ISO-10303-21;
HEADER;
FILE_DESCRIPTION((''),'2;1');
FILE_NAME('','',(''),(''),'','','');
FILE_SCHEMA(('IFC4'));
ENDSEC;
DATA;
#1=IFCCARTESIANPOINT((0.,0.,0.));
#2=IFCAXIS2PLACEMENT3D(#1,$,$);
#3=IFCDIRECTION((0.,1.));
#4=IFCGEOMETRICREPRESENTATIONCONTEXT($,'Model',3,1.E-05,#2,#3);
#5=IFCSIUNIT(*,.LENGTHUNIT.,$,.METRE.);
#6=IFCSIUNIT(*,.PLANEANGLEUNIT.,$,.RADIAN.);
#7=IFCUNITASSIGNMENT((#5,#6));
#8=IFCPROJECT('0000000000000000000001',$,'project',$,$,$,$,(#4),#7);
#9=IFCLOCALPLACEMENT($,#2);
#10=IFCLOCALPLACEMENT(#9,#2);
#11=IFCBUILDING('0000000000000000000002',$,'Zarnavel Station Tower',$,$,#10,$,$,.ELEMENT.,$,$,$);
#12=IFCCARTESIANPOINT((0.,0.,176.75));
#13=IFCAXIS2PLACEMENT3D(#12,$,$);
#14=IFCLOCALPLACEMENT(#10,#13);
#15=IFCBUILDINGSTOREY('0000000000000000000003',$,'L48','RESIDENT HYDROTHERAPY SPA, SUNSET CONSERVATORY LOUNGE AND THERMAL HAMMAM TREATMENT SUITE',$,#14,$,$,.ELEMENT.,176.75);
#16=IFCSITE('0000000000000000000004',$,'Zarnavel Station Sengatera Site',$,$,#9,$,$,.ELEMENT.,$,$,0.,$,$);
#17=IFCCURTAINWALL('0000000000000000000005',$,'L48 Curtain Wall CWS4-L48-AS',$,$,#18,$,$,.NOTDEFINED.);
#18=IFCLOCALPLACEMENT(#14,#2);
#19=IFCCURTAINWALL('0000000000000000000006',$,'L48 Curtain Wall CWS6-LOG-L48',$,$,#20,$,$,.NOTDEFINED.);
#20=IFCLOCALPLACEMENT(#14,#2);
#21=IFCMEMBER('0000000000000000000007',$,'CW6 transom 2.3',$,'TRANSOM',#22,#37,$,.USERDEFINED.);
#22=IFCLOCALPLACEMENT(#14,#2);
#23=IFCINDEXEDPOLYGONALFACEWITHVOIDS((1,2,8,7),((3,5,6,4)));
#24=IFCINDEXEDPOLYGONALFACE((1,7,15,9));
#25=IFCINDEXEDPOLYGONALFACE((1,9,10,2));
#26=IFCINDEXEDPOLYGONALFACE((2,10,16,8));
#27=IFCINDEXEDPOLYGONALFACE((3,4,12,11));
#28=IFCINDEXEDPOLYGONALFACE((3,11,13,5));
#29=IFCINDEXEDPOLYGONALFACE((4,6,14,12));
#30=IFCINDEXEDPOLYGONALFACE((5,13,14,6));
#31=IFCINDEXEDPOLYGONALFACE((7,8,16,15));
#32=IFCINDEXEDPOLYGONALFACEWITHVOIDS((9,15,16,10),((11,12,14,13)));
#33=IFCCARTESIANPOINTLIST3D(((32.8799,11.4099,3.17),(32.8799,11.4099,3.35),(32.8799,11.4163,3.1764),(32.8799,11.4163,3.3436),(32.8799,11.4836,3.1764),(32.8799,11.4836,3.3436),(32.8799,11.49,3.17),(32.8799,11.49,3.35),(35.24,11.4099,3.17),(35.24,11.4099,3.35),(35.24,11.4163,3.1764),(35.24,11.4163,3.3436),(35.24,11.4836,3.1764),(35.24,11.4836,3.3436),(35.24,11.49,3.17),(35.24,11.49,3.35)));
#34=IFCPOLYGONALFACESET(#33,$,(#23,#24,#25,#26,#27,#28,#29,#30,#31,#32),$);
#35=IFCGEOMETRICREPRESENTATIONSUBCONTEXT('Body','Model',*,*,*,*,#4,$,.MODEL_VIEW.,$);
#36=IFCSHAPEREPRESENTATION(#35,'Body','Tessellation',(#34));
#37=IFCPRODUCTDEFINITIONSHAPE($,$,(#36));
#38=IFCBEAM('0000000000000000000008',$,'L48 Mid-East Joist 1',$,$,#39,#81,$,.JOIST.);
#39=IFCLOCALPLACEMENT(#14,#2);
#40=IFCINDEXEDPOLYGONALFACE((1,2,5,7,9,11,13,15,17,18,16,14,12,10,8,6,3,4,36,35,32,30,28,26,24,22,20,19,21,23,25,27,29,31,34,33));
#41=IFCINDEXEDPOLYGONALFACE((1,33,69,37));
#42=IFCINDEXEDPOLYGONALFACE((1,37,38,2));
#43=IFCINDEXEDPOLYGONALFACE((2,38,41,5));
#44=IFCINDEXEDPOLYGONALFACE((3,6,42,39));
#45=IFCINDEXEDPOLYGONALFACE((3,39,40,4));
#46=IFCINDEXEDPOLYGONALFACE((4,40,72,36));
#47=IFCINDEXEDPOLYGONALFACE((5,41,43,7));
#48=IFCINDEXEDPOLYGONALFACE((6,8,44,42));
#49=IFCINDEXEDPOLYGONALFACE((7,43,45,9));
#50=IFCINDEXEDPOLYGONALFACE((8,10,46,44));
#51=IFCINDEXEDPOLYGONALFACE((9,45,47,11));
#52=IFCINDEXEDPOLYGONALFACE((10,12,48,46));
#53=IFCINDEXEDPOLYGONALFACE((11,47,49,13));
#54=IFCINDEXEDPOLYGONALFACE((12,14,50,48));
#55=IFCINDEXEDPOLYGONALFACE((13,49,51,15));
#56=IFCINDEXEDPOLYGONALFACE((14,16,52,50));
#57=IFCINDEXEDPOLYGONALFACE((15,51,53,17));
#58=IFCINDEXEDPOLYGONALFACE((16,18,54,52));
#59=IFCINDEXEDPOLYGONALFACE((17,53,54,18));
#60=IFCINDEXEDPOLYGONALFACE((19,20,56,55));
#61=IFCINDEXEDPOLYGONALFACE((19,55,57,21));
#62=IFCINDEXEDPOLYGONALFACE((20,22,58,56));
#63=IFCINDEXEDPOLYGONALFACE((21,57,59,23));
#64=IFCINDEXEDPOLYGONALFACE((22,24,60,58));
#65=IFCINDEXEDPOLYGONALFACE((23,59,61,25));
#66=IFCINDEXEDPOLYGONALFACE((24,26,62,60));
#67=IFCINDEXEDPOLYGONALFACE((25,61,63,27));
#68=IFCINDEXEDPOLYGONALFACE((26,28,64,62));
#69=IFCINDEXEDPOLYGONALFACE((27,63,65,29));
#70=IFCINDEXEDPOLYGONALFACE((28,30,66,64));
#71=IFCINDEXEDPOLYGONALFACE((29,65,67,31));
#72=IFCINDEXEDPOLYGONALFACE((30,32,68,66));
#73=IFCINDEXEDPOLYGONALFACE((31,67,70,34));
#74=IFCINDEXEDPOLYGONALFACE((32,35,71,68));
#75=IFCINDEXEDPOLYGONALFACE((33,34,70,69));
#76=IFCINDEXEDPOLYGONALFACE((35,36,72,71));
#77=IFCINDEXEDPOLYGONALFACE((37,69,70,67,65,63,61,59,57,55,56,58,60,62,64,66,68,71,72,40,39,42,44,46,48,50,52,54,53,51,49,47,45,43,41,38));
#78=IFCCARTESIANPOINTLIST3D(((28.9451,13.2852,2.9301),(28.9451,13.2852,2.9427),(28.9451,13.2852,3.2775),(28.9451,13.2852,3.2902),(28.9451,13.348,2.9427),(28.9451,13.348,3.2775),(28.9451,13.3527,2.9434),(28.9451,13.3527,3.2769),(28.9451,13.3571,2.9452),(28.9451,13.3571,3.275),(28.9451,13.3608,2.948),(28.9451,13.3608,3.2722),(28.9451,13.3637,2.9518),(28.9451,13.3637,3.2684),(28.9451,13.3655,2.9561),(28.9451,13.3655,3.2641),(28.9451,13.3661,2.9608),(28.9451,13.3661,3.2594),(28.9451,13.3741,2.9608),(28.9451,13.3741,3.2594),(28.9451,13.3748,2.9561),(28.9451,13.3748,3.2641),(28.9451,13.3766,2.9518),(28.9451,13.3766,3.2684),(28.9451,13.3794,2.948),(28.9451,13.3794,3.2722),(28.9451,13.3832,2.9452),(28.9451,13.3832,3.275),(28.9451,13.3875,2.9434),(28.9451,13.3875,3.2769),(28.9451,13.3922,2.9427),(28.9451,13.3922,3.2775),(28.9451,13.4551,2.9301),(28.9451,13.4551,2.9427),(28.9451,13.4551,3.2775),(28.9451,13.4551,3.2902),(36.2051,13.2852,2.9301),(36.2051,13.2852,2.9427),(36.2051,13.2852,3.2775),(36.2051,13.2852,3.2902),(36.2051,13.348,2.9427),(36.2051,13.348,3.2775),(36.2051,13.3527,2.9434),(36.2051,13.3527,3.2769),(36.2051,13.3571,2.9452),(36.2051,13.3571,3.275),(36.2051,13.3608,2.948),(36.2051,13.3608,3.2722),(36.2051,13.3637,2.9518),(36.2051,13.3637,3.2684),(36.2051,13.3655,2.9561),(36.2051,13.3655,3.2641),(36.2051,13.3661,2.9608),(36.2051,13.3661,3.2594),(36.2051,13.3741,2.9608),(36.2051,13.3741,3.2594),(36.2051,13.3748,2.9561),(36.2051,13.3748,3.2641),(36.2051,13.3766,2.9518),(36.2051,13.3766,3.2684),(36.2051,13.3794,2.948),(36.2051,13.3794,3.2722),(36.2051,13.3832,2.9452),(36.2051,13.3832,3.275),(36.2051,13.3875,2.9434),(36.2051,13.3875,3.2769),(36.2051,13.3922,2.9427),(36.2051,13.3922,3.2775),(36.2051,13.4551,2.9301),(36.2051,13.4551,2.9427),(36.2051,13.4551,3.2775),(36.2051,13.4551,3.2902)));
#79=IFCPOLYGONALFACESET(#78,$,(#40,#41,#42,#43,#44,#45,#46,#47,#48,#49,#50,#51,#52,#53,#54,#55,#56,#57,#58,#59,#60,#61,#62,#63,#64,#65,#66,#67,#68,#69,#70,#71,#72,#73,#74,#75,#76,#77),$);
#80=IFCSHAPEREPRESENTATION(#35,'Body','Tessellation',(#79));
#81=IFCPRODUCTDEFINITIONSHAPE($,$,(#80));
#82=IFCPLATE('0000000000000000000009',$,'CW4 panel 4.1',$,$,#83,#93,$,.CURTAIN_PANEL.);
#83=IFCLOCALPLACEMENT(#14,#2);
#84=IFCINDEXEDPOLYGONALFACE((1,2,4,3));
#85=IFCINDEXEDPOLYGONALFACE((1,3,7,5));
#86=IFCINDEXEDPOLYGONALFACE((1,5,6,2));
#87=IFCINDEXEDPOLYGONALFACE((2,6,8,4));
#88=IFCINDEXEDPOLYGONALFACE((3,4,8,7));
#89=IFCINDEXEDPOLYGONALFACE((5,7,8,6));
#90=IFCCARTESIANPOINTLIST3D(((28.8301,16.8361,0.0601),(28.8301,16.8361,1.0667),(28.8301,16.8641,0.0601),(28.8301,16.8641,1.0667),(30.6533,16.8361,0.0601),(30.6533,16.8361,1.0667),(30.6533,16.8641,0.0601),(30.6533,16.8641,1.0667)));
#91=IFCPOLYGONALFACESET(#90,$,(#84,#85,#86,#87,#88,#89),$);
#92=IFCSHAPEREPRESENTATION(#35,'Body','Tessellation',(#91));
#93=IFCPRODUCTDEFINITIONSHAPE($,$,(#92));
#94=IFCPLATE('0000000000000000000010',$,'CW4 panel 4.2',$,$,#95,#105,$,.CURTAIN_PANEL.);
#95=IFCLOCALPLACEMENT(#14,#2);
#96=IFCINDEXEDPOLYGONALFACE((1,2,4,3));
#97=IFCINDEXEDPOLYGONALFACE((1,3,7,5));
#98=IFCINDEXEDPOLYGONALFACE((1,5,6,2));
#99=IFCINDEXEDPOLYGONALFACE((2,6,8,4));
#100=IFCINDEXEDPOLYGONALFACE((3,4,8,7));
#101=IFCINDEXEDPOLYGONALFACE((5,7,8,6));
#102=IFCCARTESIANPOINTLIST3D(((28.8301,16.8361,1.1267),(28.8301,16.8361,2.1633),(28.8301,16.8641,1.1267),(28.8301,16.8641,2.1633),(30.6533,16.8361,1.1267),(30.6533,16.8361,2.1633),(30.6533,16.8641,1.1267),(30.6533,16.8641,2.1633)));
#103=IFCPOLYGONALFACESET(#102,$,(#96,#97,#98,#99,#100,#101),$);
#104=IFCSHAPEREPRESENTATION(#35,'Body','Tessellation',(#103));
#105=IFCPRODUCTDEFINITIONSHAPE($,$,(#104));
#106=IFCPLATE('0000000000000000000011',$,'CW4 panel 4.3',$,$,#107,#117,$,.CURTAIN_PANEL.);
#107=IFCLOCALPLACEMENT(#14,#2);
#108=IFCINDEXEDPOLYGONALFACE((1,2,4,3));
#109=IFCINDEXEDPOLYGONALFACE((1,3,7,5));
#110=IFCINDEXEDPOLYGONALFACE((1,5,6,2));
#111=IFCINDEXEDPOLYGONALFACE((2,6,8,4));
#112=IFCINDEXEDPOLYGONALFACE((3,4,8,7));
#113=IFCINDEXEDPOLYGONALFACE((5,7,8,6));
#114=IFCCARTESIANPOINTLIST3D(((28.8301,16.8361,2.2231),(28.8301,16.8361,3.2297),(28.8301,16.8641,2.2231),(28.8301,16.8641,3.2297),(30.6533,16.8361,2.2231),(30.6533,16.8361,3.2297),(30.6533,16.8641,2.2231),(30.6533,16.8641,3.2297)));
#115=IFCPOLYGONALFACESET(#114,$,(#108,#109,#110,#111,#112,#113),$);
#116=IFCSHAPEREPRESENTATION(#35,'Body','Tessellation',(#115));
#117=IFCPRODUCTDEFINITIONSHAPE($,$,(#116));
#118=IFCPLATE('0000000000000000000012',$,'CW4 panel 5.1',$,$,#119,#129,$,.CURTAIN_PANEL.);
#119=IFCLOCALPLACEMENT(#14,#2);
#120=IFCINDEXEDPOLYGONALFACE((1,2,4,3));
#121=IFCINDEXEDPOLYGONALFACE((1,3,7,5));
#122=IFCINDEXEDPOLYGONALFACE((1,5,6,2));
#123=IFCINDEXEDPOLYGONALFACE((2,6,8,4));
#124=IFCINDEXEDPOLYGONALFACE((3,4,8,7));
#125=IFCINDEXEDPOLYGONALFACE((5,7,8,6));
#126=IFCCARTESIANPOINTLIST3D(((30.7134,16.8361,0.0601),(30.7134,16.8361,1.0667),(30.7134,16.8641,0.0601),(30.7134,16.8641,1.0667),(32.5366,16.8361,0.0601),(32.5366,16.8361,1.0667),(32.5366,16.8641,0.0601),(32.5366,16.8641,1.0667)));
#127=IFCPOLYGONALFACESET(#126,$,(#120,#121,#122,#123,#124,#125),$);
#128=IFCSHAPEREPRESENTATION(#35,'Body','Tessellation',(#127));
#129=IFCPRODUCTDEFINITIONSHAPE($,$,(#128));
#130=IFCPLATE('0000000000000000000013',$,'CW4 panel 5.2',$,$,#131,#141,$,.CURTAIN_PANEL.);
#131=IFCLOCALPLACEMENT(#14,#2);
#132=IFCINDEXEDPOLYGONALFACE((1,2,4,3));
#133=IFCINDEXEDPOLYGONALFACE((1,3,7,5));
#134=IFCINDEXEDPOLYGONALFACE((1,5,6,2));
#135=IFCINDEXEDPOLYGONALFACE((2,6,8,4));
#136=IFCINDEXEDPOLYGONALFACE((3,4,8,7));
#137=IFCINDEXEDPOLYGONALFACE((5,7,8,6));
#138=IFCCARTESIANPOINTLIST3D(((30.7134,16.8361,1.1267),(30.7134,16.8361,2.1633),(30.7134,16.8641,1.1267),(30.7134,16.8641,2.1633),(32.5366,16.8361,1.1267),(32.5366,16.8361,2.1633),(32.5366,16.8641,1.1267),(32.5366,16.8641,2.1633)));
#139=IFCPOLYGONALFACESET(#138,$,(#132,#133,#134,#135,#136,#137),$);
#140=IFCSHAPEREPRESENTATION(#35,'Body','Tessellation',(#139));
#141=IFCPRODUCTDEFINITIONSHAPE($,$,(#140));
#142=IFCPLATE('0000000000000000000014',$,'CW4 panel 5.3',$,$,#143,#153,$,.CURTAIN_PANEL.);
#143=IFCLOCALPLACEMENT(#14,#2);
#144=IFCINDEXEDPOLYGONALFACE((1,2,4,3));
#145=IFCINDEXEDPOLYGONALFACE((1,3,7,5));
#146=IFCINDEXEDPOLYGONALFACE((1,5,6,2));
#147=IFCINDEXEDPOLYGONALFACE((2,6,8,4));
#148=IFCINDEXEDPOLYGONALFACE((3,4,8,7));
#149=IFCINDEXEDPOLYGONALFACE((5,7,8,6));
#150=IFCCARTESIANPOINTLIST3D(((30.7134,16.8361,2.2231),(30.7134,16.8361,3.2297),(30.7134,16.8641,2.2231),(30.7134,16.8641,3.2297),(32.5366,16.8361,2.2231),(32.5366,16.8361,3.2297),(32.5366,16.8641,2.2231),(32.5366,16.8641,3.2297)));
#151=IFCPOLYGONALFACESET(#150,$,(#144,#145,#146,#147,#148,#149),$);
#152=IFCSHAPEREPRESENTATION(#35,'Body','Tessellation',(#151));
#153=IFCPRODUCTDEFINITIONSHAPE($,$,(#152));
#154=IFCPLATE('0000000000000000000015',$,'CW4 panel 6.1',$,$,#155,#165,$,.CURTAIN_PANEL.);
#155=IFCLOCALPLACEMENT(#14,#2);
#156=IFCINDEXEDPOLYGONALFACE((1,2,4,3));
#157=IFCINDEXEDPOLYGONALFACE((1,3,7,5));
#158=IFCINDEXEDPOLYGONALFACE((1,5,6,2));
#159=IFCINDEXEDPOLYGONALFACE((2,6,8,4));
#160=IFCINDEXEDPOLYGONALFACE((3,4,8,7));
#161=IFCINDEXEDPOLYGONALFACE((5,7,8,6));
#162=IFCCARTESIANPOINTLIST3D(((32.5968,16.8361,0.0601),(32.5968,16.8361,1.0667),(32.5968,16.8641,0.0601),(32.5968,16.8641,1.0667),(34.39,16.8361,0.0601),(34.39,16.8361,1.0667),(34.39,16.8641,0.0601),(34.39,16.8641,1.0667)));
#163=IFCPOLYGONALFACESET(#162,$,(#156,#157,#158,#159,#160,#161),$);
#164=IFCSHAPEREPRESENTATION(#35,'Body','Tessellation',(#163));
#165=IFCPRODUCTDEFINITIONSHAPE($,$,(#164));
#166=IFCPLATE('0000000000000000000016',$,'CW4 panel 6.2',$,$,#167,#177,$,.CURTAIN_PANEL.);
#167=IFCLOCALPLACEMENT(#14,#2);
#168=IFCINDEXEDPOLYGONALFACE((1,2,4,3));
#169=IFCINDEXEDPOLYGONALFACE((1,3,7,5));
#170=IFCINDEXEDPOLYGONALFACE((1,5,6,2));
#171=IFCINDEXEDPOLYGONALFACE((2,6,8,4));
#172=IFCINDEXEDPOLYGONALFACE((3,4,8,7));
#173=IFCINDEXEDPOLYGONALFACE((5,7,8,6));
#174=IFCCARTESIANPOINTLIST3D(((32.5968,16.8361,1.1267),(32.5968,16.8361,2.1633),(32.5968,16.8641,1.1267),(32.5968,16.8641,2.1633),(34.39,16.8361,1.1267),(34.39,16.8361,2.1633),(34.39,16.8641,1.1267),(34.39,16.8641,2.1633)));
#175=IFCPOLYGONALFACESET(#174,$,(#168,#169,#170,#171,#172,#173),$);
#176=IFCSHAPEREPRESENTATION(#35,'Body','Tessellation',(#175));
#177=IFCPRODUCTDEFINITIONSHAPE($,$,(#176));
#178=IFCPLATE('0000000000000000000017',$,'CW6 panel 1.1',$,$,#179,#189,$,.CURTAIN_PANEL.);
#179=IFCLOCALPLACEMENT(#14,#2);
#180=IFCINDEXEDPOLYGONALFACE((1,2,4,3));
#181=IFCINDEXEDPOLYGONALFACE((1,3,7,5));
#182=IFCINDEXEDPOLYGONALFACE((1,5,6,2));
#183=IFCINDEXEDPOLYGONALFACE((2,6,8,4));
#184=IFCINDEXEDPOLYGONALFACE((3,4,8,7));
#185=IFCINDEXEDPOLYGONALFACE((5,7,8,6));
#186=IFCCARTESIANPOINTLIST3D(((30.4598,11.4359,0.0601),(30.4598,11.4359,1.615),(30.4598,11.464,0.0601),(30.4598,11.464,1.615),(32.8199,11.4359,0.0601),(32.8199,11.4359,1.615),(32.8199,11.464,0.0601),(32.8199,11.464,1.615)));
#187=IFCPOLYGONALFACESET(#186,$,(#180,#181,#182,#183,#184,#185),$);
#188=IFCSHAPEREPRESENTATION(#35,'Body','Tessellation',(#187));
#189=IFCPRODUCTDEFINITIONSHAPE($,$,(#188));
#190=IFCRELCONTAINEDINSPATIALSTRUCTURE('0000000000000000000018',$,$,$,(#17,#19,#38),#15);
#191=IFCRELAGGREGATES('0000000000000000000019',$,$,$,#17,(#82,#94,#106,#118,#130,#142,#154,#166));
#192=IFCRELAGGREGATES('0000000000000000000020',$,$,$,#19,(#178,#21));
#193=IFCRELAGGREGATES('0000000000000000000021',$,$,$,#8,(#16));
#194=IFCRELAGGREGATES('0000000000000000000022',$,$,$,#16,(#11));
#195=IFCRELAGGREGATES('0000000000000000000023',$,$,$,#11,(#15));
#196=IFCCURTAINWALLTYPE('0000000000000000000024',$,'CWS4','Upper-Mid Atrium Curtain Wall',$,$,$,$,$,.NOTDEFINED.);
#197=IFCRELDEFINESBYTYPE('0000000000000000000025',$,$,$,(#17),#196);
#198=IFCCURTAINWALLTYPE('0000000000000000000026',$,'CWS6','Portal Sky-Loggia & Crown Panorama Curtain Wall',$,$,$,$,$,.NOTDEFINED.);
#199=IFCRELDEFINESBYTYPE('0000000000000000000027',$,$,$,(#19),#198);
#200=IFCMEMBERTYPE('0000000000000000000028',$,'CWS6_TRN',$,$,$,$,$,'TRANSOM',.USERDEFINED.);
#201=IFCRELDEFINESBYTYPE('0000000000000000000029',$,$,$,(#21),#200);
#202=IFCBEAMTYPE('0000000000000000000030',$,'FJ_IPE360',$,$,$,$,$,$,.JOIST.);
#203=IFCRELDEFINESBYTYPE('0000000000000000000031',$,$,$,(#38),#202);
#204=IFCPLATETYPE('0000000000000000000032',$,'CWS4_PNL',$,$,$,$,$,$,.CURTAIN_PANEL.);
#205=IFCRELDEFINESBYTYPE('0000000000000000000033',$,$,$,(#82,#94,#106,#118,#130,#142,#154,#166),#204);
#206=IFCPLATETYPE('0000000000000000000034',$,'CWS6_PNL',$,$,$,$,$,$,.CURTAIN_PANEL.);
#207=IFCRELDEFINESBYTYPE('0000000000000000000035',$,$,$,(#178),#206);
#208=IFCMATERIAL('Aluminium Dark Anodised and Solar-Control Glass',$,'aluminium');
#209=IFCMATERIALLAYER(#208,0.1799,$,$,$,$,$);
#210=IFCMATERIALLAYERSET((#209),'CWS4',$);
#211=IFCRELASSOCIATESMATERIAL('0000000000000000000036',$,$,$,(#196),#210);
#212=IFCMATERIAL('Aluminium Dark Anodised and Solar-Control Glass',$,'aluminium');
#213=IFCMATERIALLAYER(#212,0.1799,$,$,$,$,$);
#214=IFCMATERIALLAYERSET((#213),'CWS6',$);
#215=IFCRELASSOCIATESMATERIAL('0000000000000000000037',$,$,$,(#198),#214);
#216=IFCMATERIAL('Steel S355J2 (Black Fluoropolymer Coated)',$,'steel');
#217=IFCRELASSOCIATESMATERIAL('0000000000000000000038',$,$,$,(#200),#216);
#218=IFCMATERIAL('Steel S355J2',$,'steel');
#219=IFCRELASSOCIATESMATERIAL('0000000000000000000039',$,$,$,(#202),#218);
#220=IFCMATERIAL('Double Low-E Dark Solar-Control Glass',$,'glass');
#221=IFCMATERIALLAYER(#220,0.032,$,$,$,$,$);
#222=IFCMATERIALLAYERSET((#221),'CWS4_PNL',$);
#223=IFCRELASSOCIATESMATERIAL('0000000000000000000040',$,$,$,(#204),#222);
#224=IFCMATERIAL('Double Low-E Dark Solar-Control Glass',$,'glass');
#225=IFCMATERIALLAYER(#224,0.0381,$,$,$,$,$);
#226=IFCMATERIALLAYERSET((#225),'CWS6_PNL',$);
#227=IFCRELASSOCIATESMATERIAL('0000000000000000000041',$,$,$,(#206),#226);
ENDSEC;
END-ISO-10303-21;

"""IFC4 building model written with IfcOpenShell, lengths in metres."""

from ifc_helpers import new_model, si_unit, direction, frame, origin, origin_2d, place, context, subcontext, project, spatial, rectangle, hollow_rectangle, i_section, extrude, material, layer, layer_set, material_profile, profile_set, type_object, element, aggregate, save


model = new_model("IFC4")

# Units and contexts
model_context = context("Model", 3, precision=1e-05, world=origin(), true_north=direction((0.0, 1.0)))
body_context = subcontext(model_context, "Body", "Model", "MODEL_VIEW")
ifc_project = project(units=[si_unit("LENGTHUNIT", "METRE"), si_unit("PLANEANGLEUNIT", "RADIAN")], contexts=[model_context])

# Site, building, storey
site_placement = place(None, origin())
site = spatial("IfcSite", under=ifc_project, at=site_placement, Name="Zarnavel Station Sengatera Site", CompositionType="ELEMENT", RefElevation=0.0)
building_placement = place(site_placement, origin())
building = spatial("IfcBuilding", under=site, at=building_placement, Name="Zarnavel Station Tower", CompositionType="ELEMENT")
storey_placement = place(building_placement, frame((0.0, 0.0, 176.75)))
storey = spatial("IfcBuildingStorey", under=building, at=storey_placement, Name="L48", Description="RESIDENT HYDROTHERAPY SPA, SUNSET CONSERVATORY LOUNGE AND THERMAL HAMMAM TREATMENT SUITE", CompositionType="ELEMENT", Elevation=176.75)

# Curtain walls, member
ifc_material_1 = material(Name="Aluminium Dark Anodised and Solar-Control Glass", Category="aluminium")
ifc_layer_1 = layer(ifc_material_1, 0.1799)
ifc_layer_set_1 = layer_set([ifc_layer_1], Name="CWS4")
curtain_wall_type_1 = type_object("IfcCurtainWallType", Name="CWS4", Description="Upper-Mid Atrium Curtain Wall", PredefinedType="NOTDEFINED", material=ifc_layer_set_1)
curtain_wall_1_placement = place(storey_placement, origin())
curtain_wall_1 = element("IfcCurtainWall", 1, at=curtain_wall_1_placement, inside=storey, type_object=curtain_wall_type_1, Name="L48 Curtain Wall CWS4-L48-AS", PredefinedType="NOTDEFINED")
ifc_material_2 = material(Name="Aluminium Dark Anodised and Solar-Control Glass", Category="aluminium")
ifc_layer_2 = layer(ifc_material_2, 0.1799)
ifc_layer_set_2 = layer_set([ifc_layer_2], Name="CWS6")
curtain_wall_type_2 = type_object("IfcCurtainWallType", Name="CWS6", Description="Portal Sky-Loggia & Crown Panorama Curtain Wall", PredefinedType="NOTDEFINED", material=ifc_layer_set_2)
curtain_wall_2_placement = place(storey_placement, origin())
curtain_wall_2 = element("IfcCurtainWall", 2, at=curtain_wall_2_placement, inside=storey, type_object=curtain_wall_type_2, Name="L48 Curtain Wall CWS6-LOG-L48", PredefinedType="NOTDEFINED")
ifc_material_3 = material(Name="Steel S355J2 (Black Fluoropolymer Coated)", Category="steel")
ifc_material_profile_1 = material_profile(ifc_material_3, hollow_rectangle(XDim=0.0801, YDim=0.1799, WallThickness=0.0063, at=origin_2d()), Name="RHS180x80x6.3")
ifc_profile_set_1 = profile_set([ifc_material_profile_1], Name="Steel S355J2 (Black Fluoropolymer Coated)")
member_type_1 = type_object("IfcMemberType", Name="CWS6_TRN", ElementType="TRANSOM", PredefinedType="USERDEFINED", material=ifc_profile_set_1)
member_1_placement = place(storey_placement, frame((32.8799, 11.45, 3.26), z_axis=(1.0, 0.0, 0.0), x_axis=(0.0, 1.0, 0.0)))
member_1 = element("IfcMember", 3, at=member_1_placement, type_object=member_type_1, Name="CW6 transom 2.3", ObjectType="TRANSOM", PredefinedType="USERDEFINED", context=body_context, shape_type="SweptSolid", body=[
    extrude(hollow_rectangle(XDim=0.0801, YDim=0.1799, WallThickness=0.0063, at=origin_2d()), origin(), (0.0, 0.0, 1.0), 2.3601),
])

# Beam
ifc_material_4 = material(Name="Steel S355J2", Category="steel")
ifc_material_profile_2 = material_profile(ifc_material_4, i_section(OverallWidth=0.1699, OverallDepth=0.3601, WebThickness=0.0081, FlangeThickness=0.0127, FilletRadius=0.0181, at=origin_2d()), Name="IPE360")
ifc_profile_set_2 = profile_set([ifc_material_profile_2], Name="Steel S355J2")
beam_type = type_object("IfcBeamType", Name="FJ_IPE360", PredefinedType="JOIST", material=ifc_profile_set_2)
beam_placement = place(storey_placement, frame((28.9451, 13.3701, 3.1101), z_axis=(1.0, 0.0, 0.0), x_axis=(0.0, 1.0, 0.0)))
element("IfcBeam", 4, at=beam_placement, inside=storey, type_object=beam_type, Name="L48 Mid-East Joist 1", PredefinedType="JOIST", context=body_context, shape_type="SweptSolid", body=[
    extrude(i_section(OverallWidth=0.1699, OverallDepth=0.3601, WebThickness=0.0081, FlangeThickness=0.0127, FilletRadius=0.0181, at=origin_2d()), origin(), (0.0, 0.0, 1.0), 7.26),
])

# Plates
ifc_material_5 = material(Name="Double Low-E Dark Solar-Control Glass", Category="glass")
ifc_layer_3 = layer(ifc_material_5, 0.032)
ifc_layer_set_3 = layer_set([ifc_layer_3], Name="CWS4_PNL")
plate_type_1 = type_object("IfcPlateType", Name="CWS4_PNL", PredefinedType="CURTAIN_PANEL", material=ifc_layer_set_3)
plate_1_placement = place(storey_placement, frame((29.7417, 16.8501, 0.0601), z_axis=(0.0, 0.0, 1.0), x_axis=(1.0, 0.0, 0.0)))
plate_1 = element("IfcPlate", 5, at=plate_1_placement, type_object=plate_type_1, Name="CW4 panel 4.1", PredefinedType="CURTAIN_PANEL", context=body_context, shape_type="SweptSolid", body=[
    extrude(rectangle(XDim=1.8232, YDim=0.0281, at=origin_2d()), origin(), (0.0, 0.0, 1.0), 1.0066),
])
plate_2_placement = place(storey_placement, frame((29.7417, 16.8501, 1.1267), z_axis=(0.0, 0.0, 1.0), x_axis=(1.0, 0.0, 0.0)))
plate_2 = element("IfcPlate", 6, at=plate_2_placement, type_object=plate_type_1, Name="CW4 panel 4.2", PredefinedType="CURTAIN_PANEL", context=body_context, shape_type="SweptSolid", body=[
    extrude(rectangle(XDim=1.8232, YDim=0.0281, at=origin_2d()), origin(), (0.0, 0.0, 1.0), 1.0366),
])
plate_3_placement = place(storey_placement, frame((29.7417, 16.8501, 2.2231), z_axis=(0.0, 0.0, 1.0), x_axis=(1.0, 0.0, 0.0)))
plate_3 = element("IfcPlate", 7, at=plate_3_placement, type_object=plate_type_1, Name="CW4 panel 4.3", PredefinedType="CURTAIN_PANEL", context=body_context, shape_type="SweptSolid", body=[
    extrude(rectangle(XDim=1.8232, YDim=0.0281, at=origin_2d()), origin(), (0.0, 0.0, 1.0), 1.0066),
])
plate_4_placement = place(storey_placement, frame((31.625, 16.8501, 0.0601), z_axis=(0.0, 0.0, 1.0), x_axis=(1.0, 0.0, 0.0)))
plate_4 = element("IfcPlate", 8, at=plate_4_placement, type_object=plate_type_1, Name="CW4 panel 5.1", PredefinedType="CURTAIN_PANEL", context=body_context, shape_type="SweptSolid", body=[
    extrude(rectangle(XDim=1.8232, YDim=0.0281, at=origin_2d()), origin(), (0.0, 0.0, 1.0), 1.0066),
])
plate_5_placement = place(storey_placement, frame((31.625, 16.8501, 1.1267), z_axis=(0.0, 0.0, 1.0), x_axis=(1.0, 0.0, 0.0)))
plate_5 = element("IfcPlate", 9, at=plate_5_placement, type_object=plate_type_1, Name="CW4 panel 5.2", PredefinedType="CURTAIN_PANEL", context=body_context, shape_type="SweptSolid", body=[
    extrude(rectangle(XDim=1.8232, YDim=0.0281, at=origin_2d()), origin(), (0.0, 0.0, 1.0), 1.0366),
])
plate_6_placement = place(storey_placement, frame((31.625, 16.8501, 2.2231), z_axis=(0.0, 0.0, 1.0), x_axis=(1.0, 0.0, 0.0)))
plate_6 = element("IfcPlate", 10, at=plate_6_placement, type_object=plate_type_1, Name="CW4 panel 5.3", PredefinedType="CURTAIN_PANEL", context=body_context, shape_type="SweptSolid", body=[
    extrude(rectangle(XDim=1.8232, YDim=0.0281, at=origin_2d()), origin(), (0.0, 0.0, 1.0), 1.0066),
])
plate_7_placement = place(storey_placement, frame((33.4934, 16.8501, 0.0601), z_axis=(0.0, 0.0, 1.0), x_axis=(1.0, 0.0, 0.0)))
plate_7 = element("IfcPlate", 11, at=plate_7_placement, type_object=plate_type_1, Name="CW4 panel 6.1", PredefinedType="CURTAIN_PANEL", context=body_context, shape_type="SweptSolid", body=[
    extrude(rectangle(XDim=1.7932, YDim=0.0281, at=origin_2d()), origin(), (0.0, 0.0, 1.0), 1.0066),
])
plate_8_placement = place(storey_placement, frame((33.4934, 16.8501, 1.1267), z_axis=(0.0, 0.0, 1.0), x_axis=(1.0, 0.0, 0.0)))
plate_8 = element("IfcPlate", 12, at=plate_8_placement, type_object=plate_type_1, Name="CW4 panel 6.2", PredefinedType="CURTAIN_PANEL", context=body_context, shape_type="SweptSolid", body=[
    extrude(rectangle(XDim=1.7932, YDim=0.0281, at=origin_2d()), origin(), (0.0, 0.0, 1.0), 1.0366),
])
aggregate(curtain_wall_1, [plate_1, plate_2, plate_3, plate_4, plate_5, plate_6, plate_7, plate_8])
ifc_material_6 = material(Name="Double Low-E Dark Solar-Control Glass", Category="glass")
ifc_layer_4 = layer(ifc_material_6, 0.0381)
ifc_layer_set_4 = layer_set([ifc_layer_4], Name="CWS6_PNL")
plate_type_2 = type_object("IfcPlateType", Name="CWS6_PNL", PredefinedType="CURTAIN_PANEL", material=ifc_layer_set_4)
plate_9_placement = place(storey_placement, frame((31.6399, 11.45, 0.0601), z_axis=(0.0, 0.0, 1.0), x_axis=(1.0, 0.0, 0.0)))
plate_9 = element("IfcPlate", 13, at=plate_9_placement, type_object=plate_type_2, Name="CW6 panel 1.1", PredefinedType="CURTAIN_PANEL", context=body_context, shape_type="SweptSolid", body=[
    extrude(rectangle(XDim=2.3601, YDim=0.0281, at=origin_2d()), origin(), (0.0, 0.0, 1.0), 1.5549),
])
aggregate(curtain_wall_2, [plate_9, member_1])

save(model, "model.ifc")
